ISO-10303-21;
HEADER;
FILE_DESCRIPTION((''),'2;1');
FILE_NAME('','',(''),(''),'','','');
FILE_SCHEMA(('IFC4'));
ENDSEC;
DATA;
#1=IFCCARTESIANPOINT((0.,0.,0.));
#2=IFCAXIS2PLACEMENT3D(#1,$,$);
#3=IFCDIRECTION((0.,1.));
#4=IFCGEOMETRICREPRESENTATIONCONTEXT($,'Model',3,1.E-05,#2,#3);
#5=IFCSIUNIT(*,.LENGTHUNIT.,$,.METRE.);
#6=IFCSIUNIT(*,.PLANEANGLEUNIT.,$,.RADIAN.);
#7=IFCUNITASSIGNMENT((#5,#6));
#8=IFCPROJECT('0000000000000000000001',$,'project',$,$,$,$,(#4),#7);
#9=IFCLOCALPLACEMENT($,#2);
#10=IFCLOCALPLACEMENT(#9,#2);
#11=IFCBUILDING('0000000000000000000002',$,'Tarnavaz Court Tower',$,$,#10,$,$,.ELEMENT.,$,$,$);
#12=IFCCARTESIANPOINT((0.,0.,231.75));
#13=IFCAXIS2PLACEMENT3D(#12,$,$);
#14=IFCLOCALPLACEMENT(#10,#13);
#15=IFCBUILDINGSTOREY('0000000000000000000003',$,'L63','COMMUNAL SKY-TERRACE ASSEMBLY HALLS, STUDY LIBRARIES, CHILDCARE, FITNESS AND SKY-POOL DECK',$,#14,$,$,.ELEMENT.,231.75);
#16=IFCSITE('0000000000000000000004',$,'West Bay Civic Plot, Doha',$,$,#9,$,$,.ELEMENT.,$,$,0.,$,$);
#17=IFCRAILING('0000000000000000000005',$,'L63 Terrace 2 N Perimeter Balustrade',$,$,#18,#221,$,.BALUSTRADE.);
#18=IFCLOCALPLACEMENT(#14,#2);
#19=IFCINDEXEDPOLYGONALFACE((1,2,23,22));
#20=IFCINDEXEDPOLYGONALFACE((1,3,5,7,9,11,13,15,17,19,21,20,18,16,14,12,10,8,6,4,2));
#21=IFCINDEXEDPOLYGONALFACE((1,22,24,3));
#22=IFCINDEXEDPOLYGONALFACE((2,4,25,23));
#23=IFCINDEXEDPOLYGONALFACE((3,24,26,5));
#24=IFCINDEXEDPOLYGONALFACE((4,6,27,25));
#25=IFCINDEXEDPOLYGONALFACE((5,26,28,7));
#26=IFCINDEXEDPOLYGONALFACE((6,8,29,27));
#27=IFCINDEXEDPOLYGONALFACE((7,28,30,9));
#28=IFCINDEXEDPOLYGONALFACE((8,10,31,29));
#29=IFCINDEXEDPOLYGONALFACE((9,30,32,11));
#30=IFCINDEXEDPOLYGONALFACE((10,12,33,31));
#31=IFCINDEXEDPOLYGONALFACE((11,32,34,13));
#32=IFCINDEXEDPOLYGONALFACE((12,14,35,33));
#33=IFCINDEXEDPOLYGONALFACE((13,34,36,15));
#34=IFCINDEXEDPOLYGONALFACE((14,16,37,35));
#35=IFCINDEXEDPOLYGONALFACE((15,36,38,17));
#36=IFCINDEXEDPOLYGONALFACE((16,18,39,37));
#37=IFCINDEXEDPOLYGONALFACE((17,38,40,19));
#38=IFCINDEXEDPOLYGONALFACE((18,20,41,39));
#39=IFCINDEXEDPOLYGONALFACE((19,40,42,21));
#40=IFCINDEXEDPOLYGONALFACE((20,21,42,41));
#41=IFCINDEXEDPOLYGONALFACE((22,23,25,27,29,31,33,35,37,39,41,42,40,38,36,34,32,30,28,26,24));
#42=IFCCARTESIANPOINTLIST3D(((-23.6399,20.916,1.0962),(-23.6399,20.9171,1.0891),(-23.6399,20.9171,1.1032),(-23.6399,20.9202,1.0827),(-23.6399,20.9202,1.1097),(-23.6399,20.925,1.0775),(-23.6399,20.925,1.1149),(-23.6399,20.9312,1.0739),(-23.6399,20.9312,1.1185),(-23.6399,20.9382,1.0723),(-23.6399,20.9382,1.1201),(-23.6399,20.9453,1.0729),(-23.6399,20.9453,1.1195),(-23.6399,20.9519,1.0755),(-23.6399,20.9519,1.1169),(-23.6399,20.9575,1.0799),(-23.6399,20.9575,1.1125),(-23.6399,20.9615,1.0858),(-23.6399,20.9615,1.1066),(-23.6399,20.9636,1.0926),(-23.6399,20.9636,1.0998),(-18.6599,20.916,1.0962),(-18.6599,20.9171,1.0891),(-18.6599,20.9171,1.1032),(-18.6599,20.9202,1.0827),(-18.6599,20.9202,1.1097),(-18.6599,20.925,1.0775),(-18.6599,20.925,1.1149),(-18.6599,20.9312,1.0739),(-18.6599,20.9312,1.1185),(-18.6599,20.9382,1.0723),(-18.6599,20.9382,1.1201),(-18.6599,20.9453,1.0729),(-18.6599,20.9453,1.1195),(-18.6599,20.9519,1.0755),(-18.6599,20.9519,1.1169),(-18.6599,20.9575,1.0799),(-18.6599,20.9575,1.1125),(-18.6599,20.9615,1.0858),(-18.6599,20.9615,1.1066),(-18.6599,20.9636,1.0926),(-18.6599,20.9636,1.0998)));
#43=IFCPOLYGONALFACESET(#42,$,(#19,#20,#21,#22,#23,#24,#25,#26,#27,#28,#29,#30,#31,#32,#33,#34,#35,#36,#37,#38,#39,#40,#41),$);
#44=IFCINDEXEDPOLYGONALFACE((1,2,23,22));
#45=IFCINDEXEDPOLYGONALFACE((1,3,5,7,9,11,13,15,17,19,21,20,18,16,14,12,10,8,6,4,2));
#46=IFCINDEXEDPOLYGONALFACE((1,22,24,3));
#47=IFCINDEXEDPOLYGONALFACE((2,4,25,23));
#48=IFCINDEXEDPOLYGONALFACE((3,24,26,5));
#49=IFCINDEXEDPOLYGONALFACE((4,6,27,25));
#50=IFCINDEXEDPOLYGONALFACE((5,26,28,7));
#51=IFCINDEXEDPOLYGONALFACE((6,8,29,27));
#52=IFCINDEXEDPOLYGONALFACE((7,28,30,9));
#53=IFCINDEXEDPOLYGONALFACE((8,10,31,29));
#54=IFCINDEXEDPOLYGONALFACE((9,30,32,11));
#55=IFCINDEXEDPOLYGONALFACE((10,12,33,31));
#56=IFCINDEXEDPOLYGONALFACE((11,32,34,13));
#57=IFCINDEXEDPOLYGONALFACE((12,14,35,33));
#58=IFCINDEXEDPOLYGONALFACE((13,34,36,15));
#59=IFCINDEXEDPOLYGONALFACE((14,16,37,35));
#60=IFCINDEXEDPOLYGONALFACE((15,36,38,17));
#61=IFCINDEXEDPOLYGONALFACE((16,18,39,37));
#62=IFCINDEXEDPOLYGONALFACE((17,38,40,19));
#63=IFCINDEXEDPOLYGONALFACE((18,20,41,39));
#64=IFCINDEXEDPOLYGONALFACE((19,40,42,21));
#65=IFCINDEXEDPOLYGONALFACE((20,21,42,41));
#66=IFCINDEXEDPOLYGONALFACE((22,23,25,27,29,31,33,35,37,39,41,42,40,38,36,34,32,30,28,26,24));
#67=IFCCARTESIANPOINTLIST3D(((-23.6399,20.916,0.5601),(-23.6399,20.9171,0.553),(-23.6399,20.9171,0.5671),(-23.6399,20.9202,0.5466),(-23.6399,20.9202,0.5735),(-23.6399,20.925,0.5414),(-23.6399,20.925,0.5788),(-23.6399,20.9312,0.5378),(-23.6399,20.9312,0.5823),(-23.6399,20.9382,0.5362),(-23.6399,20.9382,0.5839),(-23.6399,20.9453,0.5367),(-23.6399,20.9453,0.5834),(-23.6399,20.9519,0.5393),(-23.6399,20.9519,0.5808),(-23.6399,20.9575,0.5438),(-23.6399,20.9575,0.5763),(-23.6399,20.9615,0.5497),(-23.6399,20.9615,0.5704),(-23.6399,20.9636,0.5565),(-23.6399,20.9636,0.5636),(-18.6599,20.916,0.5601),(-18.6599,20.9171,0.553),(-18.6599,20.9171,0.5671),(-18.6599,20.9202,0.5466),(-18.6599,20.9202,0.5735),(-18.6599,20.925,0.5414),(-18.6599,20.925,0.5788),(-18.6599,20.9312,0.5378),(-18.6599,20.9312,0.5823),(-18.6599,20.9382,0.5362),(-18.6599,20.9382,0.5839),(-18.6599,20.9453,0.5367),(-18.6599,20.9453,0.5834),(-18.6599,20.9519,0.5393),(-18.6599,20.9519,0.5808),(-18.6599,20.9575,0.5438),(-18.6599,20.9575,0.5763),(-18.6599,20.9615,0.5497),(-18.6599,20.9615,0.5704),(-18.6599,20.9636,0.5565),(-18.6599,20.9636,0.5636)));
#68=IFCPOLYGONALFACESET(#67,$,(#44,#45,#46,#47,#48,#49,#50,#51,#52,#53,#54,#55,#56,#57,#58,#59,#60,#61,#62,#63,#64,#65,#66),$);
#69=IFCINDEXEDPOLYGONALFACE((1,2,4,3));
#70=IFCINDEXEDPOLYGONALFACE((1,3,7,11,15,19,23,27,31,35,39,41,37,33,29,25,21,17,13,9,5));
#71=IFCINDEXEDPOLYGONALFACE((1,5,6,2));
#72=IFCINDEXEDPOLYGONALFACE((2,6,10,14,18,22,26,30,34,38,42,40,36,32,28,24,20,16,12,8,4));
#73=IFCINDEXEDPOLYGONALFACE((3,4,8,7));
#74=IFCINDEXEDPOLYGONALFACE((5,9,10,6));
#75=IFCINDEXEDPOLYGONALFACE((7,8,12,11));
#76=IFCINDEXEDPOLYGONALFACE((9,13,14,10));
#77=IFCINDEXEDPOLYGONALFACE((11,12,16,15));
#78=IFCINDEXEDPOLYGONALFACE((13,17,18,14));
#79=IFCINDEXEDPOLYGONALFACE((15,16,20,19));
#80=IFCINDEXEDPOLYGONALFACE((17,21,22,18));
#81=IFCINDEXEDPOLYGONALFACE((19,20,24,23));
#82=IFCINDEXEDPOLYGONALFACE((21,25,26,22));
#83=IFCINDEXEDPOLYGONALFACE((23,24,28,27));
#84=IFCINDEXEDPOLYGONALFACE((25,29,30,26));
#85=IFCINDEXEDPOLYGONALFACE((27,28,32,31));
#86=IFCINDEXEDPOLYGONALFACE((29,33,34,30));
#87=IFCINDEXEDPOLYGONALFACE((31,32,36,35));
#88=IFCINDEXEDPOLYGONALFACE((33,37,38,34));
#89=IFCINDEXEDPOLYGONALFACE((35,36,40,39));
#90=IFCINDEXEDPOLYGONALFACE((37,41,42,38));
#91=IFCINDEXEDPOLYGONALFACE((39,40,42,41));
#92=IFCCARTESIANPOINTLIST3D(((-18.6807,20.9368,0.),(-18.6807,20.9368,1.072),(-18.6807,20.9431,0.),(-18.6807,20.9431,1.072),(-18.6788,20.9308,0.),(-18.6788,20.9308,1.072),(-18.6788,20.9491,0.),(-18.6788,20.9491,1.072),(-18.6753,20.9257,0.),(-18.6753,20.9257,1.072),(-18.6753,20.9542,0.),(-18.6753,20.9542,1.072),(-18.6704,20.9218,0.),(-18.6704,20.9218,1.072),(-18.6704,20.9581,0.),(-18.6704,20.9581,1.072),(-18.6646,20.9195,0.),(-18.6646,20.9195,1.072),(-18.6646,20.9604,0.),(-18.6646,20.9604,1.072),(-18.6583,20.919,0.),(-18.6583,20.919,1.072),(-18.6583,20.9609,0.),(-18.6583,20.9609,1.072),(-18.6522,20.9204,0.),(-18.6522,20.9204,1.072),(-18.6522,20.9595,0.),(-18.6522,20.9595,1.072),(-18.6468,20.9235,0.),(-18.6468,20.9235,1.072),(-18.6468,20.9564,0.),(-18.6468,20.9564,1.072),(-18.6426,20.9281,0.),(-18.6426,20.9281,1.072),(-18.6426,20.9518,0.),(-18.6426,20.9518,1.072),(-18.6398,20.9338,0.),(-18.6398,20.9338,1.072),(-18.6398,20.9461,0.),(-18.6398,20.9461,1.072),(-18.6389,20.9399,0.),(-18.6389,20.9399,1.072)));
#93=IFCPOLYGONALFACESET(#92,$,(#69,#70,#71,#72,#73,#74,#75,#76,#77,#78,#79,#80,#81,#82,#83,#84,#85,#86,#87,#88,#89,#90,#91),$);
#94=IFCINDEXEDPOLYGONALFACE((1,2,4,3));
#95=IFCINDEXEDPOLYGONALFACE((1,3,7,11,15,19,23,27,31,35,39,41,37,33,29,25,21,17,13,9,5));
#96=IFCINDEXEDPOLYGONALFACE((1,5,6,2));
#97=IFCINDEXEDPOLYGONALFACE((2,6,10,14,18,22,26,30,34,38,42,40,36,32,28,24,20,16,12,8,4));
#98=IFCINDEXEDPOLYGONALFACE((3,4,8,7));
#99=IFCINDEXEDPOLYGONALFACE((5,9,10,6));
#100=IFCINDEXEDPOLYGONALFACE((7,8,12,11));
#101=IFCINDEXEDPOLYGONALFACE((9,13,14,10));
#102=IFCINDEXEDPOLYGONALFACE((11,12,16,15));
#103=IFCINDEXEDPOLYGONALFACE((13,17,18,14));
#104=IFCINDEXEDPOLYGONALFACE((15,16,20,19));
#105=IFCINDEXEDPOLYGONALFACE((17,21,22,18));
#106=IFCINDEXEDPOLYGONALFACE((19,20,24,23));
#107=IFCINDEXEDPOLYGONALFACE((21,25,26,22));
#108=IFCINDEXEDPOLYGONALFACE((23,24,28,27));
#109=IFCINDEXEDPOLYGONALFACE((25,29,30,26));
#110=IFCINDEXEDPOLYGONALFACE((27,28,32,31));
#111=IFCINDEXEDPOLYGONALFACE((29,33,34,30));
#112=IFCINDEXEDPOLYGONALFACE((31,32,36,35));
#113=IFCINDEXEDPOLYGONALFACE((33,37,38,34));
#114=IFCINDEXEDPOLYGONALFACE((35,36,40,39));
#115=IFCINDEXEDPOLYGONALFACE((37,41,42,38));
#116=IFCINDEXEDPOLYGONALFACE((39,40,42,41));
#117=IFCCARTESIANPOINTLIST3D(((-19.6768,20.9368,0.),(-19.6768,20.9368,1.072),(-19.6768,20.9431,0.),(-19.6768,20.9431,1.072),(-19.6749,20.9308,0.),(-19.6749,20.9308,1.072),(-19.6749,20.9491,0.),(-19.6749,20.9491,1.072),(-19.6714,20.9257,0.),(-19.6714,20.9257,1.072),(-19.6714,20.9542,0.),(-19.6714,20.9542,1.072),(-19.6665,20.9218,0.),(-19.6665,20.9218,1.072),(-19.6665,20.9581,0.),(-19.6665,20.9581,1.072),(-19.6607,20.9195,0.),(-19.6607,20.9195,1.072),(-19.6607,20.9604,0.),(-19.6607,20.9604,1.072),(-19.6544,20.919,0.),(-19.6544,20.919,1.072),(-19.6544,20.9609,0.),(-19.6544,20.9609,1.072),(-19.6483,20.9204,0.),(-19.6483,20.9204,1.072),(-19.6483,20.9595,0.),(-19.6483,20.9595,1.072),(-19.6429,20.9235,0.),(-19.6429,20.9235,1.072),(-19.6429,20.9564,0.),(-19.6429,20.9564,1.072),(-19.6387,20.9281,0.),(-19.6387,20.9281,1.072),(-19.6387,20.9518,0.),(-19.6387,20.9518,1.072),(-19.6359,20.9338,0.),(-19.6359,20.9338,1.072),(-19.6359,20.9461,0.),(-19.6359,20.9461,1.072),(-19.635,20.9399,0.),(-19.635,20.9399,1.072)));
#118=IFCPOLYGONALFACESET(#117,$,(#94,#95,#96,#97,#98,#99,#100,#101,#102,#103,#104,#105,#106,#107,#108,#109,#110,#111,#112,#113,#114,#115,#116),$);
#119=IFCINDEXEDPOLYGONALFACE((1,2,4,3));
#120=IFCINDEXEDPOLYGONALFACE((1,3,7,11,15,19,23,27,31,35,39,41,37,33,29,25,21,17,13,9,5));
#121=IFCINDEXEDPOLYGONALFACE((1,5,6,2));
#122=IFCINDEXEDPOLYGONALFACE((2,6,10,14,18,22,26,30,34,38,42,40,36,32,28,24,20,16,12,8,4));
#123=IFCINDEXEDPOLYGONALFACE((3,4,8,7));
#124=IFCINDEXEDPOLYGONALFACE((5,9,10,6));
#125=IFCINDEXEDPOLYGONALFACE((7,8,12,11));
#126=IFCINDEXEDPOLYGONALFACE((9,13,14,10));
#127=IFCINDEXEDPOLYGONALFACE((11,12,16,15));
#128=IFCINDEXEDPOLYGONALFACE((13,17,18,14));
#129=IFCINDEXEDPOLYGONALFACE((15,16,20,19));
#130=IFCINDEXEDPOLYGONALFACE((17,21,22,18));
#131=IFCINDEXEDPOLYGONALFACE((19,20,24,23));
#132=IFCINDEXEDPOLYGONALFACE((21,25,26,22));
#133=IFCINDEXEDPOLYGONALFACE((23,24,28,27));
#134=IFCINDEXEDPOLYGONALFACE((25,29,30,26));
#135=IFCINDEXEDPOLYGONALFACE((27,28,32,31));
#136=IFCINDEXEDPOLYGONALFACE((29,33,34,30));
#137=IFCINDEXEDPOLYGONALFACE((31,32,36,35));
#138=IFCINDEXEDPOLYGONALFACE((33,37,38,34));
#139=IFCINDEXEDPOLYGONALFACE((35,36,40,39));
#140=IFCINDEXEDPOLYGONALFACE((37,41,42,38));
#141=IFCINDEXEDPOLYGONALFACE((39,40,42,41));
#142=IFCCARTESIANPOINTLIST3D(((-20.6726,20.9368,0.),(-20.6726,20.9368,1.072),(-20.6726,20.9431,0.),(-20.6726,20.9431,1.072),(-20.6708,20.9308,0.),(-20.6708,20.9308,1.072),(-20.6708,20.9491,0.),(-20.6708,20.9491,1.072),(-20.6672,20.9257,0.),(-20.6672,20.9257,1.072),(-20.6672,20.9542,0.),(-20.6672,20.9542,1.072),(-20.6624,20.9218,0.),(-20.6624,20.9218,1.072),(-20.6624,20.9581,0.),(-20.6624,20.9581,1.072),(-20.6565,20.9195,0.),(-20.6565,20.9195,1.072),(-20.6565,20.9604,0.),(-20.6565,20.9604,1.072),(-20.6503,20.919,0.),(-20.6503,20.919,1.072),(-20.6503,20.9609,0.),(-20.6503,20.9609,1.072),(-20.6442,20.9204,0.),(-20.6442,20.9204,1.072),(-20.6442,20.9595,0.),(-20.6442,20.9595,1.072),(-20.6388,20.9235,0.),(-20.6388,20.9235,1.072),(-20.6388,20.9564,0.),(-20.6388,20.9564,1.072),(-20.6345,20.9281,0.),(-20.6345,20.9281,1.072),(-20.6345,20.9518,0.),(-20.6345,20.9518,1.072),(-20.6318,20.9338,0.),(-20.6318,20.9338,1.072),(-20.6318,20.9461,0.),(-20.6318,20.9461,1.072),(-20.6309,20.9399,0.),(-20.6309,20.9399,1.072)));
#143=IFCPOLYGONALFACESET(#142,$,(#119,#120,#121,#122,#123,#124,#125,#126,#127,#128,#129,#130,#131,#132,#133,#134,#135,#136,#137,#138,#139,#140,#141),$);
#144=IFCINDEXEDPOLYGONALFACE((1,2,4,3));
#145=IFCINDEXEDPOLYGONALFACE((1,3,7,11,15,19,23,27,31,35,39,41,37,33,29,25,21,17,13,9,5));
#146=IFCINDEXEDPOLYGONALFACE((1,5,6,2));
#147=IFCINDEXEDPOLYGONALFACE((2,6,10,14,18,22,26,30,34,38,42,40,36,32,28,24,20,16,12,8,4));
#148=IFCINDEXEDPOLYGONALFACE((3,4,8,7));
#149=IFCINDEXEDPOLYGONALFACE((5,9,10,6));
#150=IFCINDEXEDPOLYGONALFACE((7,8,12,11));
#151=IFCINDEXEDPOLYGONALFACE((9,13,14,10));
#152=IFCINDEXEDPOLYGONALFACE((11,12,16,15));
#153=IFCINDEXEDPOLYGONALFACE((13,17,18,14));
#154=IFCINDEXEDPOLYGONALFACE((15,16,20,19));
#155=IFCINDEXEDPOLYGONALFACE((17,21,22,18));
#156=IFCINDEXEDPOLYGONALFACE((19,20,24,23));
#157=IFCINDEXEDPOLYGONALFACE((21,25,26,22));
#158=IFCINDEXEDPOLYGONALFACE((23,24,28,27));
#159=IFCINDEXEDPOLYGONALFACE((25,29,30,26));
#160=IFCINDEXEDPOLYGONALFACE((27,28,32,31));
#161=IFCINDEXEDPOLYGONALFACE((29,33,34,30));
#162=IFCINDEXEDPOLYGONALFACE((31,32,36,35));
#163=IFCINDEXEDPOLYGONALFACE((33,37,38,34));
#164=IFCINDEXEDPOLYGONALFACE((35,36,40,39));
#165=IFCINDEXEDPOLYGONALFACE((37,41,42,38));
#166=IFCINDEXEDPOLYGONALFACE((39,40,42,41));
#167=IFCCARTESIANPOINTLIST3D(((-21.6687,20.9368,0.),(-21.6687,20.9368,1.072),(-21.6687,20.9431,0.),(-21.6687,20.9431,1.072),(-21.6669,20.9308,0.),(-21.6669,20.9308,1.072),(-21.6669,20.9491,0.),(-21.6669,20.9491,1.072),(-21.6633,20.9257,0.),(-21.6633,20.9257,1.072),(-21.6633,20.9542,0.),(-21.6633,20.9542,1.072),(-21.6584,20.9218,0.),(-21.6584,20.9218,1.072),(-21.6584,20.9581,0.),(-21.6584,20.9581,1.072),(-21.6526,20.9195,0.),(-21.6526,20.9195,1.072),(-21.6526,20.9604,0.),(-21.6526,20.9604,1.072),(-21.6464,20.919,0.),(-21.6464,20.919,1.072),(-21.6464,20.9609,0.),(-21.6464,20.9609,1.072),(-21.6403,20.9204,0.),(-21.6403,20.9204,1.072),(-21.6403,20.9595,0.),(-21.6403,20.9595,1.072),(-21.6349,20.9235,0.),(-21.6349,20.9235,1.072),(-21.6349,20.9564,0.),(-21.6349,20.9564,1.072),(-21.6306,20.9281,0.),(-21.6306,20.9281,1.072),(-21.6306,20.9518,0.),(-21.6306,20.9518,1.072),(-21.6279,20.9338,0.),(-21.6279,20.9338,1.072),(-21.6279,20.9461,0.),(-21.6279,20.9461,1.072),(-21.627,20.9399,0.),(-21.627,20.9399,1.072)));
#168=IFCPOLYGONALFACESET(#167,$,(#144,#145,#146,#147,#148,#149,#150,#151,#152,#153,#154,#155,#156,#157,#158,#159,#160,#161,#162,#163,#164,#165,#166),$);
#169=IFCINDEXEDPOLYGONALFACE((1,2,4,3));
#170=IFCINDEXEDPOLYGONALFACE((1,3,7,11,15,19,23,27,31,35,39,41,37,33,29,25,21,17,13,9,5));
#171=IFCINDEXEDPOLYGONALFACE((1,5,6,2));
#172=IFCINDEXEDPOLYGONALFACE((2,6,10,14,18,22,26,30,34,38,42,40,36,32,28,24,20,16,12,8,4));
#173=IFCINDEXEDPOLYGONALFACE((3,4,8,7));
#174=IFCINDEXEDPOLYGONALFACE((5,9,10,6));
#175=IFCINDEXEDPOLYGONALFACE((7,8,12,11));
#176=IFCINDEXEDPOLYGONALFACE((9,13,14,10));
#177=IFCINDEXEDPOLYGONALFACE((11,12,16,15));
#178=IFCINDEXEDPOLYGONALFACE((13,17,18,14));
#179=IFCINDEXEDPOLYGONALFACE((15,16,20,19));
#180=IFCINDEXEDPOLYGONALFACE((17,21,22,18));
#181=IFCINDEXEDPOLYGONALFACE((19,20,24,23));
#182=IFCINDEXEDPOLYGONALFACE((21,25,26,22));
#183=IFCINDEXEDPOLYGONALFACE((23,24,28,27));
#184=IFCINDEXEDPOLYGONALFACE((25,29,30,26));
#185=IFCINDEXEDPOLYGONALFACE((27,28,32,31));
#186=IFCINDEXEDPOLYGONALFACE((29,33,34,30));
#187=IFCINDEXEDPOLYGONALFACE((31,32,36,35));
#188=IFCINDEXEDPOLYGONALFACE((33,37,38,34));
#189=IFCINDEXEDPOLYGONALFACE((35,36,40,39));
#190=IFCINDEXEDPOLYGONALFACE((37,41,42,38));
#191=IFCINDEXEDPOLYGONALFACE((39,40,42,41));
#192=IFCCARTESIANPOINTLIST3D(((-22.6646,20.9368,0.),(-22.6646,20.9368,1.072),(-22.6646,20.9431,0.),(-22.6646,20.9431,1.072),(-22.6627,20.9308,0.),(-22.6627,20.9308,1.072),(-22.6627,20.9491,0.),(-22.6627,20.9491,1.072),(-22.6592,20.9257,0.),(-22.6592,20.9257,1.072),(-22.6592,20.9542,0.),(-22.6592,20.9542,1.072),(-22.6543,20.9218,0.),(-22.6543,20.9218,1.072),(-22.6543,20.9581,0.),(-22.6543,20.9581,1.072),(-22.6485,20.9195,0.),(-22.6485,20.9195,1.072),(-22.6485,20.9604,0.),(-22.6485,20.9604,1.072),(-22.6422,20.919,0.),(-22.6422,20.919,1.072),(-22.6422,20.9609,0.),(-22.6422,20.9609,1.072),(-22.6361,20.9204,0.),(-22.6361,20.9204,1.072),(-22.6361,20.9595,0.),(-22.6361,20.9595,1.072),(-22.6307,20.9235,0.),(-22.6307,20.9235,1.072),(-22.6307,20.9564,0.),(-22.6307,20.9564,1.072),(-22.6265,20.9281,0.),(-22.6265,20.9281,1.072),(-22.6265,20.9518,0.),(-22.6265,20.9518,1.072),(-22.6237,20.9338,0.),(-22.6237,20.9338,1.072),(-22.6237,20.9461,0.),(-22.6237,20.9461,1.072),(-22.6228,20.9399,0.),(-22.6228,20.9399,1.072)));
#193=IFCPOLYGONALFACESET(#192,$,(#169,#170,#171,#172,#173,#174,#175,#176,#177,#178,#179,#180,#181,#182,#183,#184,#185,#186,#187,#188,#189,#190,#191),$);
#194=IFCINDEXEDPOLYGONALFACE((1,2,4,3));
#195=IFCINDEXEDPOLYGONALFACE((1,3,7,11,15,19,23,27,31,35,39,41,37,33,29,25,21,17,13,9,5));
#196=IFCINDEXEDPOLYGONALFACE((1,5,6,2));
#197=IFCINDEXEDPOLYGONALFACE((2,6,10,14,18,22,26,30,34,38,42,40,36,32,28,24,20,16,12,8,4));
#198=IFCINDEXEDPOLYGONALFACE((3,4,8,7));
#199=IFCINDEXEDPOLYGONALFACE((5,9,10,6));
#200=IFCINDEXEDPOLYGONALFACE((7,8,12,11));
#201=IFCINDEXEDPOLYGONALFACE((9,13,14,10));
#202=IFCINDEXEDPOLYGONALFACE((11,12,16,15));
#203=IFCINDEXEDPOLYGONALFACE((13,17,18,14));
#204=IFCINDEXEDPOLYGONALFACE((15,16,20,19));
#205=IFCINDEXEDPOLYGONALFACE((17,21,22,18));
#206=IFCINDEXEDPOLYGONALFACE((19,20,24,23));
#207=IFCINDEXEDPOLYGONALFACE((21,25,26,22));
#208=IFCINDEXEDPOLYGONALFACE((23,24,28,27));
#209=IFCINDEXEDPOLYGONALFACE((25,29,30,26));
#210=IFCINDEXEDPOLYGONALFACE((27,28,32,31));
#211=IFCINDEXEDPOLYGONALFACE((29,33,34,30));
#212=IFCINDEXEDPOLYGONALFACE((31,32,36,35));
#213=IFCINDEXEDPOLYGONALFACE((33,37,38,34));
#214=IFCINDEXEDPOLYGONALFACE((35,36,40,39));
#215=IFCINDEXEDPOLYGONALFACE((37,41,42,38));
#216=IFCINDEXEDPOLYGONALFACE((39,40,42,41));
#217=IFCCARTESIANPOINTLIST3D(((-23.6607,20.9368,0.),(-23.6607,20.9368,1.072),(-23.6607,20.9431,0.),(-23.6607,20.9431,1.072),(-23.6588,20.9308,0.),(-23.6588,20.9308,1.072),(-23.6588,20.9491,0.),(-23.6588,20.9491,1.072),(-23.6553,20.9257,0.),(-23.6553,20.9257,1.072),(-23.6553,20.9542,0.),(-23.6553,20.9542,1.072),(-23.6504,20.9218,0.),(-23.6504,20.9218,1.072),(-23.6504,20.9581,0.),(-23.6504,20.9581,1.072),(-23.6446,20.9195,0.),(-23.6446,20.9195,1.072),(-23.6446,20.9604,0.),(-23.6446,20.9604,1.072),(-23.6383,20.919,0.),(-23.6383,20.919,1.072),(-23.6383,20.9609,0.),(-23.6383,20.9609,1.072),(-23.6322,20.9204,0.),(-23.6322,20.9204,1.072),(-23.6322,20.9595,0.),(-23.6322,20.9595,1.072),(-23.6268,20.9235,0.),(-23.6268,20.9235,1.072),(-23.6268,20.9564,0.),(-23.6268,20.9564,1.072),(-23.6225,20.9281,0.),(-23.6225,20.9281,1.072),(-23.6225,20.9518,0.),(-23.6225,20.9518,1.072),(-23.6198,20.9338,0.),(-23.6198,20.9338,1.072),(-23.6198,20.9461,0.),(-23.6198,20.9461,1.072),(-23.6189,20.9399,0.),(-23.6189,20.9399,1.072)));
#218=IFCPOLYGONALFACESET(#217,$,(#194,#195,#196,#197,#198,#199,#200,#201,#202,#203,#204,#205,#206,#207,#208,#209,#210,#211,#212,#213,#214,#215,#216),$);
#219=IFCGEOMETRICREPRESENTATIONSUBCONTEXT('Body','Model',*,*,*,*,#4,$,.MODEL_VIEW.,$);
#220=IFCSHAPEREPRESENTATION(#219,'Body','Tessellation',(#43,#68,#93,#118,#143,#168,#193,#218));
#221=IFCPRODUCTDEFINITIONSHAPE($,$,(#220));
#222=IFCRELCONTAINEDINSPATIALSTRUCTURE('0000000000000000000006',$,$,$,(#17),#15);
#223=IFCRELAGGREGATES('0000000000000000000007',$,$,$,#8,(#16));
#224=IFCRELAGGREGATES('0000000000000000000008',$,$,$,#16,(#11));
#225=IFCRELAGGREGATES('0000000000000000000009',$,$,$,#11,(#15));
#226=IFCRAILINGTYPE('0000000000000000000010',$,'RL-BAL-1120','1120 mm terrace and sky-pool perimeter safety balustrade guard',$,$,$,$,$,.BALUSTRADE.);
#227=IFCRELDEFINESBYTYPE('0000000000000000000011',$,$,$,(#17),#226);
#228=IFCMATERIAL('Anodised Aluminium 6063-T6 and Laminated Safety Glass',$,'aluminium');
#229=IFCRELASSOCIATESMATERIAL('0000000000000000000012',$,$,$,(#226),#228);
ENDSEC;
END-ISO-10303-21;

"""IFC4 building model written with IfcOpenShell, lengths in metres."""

from ifc_helpers import new_model, si_unit, direction, frame, origin, origin_2d, place, context, subcontext, project, spatial, circle, extrude, material, type_object, element, save


model = new_model("IFC4")

# Units and contexts
model_context = context("Model", 3, precision=1e-05, world=origin(), true_north=direction((0.0, 1.0)))
body_context = subcontext(model_context, "Body", "Model", "MODEL_VIEW")
ifc_project = project(units=[si_unit("LENGTHUNIT", "METRE"), si_unit("PLANEANGLEUNIT", "RADIAN")], contexts=[model_context])

# Site, building, storey
site_placement = place(None, origin())
site = spatial("IfcSite", under=ifc_project, at=site_placement, Name="West Bay Civic Plot, Doha", CompositionType="ELEMENT", RefElevation=0.0)
building_placement = place(site_placement, origin())
building = spatial("IfcBuilding", under=site, at=building_placement, Name="Tarnavaz Court Tower", CompositionType="ELEMENT")
storey_placement = place(building_placement, frame((0.0, 0.0, 231.75)))
storey = spatial("IfcBuildingStorey", under=building, at=storey_placement, Name="L63", Description="COMMUNAL SKY-TERRACE ASSEMBLY HALLS, STUDY LIBRARIES, CHILDCARE, FITNESS AND SKY-POOL DECK", CompositionType="ELEMENT", Elevation=231.75)

# Railing
ifc_material_1 = material(Name="Anodised Aluminium 6063-T6 and Laminated Safety Glass", Category="aluminium")
railing_type = type_object("IfcRailingType", Name="RL-BAL-1120", Description="1120 mm terrace and sky-pool perimeter safety balustrade guard", PredefinedType="BALUSTRADE", material=ifc_material_1)
railing_1_placement = place(storey_placement, frame((-18.6599, 20.9399, 0.0)))
element("IfcRailing", 1, at=railing_1_placement, inside=storey, type_object=railing_type, Name="L63 Terrace 2 N Perimeter Balustrade", PredefinedType="BALUSTRADE", context=body_context, shape_type="SweptSolid", body=[
    extrude(circle(Radius=0.0239, at=origin_2d()), frame((0.0, 0.0, 1.0962), z_axis=(-1.0, 0.0, 0.0), x_axis=(0.0, -1.0, 0.0)), (0.0, 0.0, 1.0), 4.98),
    extrude(circle(Radius=0.0239, at=origin_2d()), frame((0.0, 0.0, 0.5601), z_axis=(-1.0, 0.0, 0.0), x_axis=(0.0, -1.0, 0.0)), (0.0, 0.0, 1.0), 4.98),
    extrude(circle(Radius=0.021, at=origin_2d()), origin(), (0.0, 0.0, 1.0), 1.072),
    extrude(circle(Radius=0.021, at=origin_2d()), frame((-0.9961, 0.0, 0.0)), (0.0, 0.0, 1.0), 1.072),
    extrude(circle(Radius=0.021, at=origin_2d()), frame((-1.9919, 0.0, 0.0)), (0.0, 0.0, 1.0), 1.072),
    extrude(circle(Radius=0.021, at=origin_2d()), frame((-2.988, 0.0, 0.0)), (0.0, 0.0, 1.0), 1.072),
    extrude(circle(Radius=0.021, at=origin_2d()), frame((-3.9839, 0.0, 0.0)), (0.0, 0.0, 1.0), 1.072),
    extrude(circle(Radius=0.021, at=origin_2d()), frame((-4.98, 0.0, 0.0)), (0.0, 0.0, 1.0), 1.072),
])

save(model, "model.ifc")
